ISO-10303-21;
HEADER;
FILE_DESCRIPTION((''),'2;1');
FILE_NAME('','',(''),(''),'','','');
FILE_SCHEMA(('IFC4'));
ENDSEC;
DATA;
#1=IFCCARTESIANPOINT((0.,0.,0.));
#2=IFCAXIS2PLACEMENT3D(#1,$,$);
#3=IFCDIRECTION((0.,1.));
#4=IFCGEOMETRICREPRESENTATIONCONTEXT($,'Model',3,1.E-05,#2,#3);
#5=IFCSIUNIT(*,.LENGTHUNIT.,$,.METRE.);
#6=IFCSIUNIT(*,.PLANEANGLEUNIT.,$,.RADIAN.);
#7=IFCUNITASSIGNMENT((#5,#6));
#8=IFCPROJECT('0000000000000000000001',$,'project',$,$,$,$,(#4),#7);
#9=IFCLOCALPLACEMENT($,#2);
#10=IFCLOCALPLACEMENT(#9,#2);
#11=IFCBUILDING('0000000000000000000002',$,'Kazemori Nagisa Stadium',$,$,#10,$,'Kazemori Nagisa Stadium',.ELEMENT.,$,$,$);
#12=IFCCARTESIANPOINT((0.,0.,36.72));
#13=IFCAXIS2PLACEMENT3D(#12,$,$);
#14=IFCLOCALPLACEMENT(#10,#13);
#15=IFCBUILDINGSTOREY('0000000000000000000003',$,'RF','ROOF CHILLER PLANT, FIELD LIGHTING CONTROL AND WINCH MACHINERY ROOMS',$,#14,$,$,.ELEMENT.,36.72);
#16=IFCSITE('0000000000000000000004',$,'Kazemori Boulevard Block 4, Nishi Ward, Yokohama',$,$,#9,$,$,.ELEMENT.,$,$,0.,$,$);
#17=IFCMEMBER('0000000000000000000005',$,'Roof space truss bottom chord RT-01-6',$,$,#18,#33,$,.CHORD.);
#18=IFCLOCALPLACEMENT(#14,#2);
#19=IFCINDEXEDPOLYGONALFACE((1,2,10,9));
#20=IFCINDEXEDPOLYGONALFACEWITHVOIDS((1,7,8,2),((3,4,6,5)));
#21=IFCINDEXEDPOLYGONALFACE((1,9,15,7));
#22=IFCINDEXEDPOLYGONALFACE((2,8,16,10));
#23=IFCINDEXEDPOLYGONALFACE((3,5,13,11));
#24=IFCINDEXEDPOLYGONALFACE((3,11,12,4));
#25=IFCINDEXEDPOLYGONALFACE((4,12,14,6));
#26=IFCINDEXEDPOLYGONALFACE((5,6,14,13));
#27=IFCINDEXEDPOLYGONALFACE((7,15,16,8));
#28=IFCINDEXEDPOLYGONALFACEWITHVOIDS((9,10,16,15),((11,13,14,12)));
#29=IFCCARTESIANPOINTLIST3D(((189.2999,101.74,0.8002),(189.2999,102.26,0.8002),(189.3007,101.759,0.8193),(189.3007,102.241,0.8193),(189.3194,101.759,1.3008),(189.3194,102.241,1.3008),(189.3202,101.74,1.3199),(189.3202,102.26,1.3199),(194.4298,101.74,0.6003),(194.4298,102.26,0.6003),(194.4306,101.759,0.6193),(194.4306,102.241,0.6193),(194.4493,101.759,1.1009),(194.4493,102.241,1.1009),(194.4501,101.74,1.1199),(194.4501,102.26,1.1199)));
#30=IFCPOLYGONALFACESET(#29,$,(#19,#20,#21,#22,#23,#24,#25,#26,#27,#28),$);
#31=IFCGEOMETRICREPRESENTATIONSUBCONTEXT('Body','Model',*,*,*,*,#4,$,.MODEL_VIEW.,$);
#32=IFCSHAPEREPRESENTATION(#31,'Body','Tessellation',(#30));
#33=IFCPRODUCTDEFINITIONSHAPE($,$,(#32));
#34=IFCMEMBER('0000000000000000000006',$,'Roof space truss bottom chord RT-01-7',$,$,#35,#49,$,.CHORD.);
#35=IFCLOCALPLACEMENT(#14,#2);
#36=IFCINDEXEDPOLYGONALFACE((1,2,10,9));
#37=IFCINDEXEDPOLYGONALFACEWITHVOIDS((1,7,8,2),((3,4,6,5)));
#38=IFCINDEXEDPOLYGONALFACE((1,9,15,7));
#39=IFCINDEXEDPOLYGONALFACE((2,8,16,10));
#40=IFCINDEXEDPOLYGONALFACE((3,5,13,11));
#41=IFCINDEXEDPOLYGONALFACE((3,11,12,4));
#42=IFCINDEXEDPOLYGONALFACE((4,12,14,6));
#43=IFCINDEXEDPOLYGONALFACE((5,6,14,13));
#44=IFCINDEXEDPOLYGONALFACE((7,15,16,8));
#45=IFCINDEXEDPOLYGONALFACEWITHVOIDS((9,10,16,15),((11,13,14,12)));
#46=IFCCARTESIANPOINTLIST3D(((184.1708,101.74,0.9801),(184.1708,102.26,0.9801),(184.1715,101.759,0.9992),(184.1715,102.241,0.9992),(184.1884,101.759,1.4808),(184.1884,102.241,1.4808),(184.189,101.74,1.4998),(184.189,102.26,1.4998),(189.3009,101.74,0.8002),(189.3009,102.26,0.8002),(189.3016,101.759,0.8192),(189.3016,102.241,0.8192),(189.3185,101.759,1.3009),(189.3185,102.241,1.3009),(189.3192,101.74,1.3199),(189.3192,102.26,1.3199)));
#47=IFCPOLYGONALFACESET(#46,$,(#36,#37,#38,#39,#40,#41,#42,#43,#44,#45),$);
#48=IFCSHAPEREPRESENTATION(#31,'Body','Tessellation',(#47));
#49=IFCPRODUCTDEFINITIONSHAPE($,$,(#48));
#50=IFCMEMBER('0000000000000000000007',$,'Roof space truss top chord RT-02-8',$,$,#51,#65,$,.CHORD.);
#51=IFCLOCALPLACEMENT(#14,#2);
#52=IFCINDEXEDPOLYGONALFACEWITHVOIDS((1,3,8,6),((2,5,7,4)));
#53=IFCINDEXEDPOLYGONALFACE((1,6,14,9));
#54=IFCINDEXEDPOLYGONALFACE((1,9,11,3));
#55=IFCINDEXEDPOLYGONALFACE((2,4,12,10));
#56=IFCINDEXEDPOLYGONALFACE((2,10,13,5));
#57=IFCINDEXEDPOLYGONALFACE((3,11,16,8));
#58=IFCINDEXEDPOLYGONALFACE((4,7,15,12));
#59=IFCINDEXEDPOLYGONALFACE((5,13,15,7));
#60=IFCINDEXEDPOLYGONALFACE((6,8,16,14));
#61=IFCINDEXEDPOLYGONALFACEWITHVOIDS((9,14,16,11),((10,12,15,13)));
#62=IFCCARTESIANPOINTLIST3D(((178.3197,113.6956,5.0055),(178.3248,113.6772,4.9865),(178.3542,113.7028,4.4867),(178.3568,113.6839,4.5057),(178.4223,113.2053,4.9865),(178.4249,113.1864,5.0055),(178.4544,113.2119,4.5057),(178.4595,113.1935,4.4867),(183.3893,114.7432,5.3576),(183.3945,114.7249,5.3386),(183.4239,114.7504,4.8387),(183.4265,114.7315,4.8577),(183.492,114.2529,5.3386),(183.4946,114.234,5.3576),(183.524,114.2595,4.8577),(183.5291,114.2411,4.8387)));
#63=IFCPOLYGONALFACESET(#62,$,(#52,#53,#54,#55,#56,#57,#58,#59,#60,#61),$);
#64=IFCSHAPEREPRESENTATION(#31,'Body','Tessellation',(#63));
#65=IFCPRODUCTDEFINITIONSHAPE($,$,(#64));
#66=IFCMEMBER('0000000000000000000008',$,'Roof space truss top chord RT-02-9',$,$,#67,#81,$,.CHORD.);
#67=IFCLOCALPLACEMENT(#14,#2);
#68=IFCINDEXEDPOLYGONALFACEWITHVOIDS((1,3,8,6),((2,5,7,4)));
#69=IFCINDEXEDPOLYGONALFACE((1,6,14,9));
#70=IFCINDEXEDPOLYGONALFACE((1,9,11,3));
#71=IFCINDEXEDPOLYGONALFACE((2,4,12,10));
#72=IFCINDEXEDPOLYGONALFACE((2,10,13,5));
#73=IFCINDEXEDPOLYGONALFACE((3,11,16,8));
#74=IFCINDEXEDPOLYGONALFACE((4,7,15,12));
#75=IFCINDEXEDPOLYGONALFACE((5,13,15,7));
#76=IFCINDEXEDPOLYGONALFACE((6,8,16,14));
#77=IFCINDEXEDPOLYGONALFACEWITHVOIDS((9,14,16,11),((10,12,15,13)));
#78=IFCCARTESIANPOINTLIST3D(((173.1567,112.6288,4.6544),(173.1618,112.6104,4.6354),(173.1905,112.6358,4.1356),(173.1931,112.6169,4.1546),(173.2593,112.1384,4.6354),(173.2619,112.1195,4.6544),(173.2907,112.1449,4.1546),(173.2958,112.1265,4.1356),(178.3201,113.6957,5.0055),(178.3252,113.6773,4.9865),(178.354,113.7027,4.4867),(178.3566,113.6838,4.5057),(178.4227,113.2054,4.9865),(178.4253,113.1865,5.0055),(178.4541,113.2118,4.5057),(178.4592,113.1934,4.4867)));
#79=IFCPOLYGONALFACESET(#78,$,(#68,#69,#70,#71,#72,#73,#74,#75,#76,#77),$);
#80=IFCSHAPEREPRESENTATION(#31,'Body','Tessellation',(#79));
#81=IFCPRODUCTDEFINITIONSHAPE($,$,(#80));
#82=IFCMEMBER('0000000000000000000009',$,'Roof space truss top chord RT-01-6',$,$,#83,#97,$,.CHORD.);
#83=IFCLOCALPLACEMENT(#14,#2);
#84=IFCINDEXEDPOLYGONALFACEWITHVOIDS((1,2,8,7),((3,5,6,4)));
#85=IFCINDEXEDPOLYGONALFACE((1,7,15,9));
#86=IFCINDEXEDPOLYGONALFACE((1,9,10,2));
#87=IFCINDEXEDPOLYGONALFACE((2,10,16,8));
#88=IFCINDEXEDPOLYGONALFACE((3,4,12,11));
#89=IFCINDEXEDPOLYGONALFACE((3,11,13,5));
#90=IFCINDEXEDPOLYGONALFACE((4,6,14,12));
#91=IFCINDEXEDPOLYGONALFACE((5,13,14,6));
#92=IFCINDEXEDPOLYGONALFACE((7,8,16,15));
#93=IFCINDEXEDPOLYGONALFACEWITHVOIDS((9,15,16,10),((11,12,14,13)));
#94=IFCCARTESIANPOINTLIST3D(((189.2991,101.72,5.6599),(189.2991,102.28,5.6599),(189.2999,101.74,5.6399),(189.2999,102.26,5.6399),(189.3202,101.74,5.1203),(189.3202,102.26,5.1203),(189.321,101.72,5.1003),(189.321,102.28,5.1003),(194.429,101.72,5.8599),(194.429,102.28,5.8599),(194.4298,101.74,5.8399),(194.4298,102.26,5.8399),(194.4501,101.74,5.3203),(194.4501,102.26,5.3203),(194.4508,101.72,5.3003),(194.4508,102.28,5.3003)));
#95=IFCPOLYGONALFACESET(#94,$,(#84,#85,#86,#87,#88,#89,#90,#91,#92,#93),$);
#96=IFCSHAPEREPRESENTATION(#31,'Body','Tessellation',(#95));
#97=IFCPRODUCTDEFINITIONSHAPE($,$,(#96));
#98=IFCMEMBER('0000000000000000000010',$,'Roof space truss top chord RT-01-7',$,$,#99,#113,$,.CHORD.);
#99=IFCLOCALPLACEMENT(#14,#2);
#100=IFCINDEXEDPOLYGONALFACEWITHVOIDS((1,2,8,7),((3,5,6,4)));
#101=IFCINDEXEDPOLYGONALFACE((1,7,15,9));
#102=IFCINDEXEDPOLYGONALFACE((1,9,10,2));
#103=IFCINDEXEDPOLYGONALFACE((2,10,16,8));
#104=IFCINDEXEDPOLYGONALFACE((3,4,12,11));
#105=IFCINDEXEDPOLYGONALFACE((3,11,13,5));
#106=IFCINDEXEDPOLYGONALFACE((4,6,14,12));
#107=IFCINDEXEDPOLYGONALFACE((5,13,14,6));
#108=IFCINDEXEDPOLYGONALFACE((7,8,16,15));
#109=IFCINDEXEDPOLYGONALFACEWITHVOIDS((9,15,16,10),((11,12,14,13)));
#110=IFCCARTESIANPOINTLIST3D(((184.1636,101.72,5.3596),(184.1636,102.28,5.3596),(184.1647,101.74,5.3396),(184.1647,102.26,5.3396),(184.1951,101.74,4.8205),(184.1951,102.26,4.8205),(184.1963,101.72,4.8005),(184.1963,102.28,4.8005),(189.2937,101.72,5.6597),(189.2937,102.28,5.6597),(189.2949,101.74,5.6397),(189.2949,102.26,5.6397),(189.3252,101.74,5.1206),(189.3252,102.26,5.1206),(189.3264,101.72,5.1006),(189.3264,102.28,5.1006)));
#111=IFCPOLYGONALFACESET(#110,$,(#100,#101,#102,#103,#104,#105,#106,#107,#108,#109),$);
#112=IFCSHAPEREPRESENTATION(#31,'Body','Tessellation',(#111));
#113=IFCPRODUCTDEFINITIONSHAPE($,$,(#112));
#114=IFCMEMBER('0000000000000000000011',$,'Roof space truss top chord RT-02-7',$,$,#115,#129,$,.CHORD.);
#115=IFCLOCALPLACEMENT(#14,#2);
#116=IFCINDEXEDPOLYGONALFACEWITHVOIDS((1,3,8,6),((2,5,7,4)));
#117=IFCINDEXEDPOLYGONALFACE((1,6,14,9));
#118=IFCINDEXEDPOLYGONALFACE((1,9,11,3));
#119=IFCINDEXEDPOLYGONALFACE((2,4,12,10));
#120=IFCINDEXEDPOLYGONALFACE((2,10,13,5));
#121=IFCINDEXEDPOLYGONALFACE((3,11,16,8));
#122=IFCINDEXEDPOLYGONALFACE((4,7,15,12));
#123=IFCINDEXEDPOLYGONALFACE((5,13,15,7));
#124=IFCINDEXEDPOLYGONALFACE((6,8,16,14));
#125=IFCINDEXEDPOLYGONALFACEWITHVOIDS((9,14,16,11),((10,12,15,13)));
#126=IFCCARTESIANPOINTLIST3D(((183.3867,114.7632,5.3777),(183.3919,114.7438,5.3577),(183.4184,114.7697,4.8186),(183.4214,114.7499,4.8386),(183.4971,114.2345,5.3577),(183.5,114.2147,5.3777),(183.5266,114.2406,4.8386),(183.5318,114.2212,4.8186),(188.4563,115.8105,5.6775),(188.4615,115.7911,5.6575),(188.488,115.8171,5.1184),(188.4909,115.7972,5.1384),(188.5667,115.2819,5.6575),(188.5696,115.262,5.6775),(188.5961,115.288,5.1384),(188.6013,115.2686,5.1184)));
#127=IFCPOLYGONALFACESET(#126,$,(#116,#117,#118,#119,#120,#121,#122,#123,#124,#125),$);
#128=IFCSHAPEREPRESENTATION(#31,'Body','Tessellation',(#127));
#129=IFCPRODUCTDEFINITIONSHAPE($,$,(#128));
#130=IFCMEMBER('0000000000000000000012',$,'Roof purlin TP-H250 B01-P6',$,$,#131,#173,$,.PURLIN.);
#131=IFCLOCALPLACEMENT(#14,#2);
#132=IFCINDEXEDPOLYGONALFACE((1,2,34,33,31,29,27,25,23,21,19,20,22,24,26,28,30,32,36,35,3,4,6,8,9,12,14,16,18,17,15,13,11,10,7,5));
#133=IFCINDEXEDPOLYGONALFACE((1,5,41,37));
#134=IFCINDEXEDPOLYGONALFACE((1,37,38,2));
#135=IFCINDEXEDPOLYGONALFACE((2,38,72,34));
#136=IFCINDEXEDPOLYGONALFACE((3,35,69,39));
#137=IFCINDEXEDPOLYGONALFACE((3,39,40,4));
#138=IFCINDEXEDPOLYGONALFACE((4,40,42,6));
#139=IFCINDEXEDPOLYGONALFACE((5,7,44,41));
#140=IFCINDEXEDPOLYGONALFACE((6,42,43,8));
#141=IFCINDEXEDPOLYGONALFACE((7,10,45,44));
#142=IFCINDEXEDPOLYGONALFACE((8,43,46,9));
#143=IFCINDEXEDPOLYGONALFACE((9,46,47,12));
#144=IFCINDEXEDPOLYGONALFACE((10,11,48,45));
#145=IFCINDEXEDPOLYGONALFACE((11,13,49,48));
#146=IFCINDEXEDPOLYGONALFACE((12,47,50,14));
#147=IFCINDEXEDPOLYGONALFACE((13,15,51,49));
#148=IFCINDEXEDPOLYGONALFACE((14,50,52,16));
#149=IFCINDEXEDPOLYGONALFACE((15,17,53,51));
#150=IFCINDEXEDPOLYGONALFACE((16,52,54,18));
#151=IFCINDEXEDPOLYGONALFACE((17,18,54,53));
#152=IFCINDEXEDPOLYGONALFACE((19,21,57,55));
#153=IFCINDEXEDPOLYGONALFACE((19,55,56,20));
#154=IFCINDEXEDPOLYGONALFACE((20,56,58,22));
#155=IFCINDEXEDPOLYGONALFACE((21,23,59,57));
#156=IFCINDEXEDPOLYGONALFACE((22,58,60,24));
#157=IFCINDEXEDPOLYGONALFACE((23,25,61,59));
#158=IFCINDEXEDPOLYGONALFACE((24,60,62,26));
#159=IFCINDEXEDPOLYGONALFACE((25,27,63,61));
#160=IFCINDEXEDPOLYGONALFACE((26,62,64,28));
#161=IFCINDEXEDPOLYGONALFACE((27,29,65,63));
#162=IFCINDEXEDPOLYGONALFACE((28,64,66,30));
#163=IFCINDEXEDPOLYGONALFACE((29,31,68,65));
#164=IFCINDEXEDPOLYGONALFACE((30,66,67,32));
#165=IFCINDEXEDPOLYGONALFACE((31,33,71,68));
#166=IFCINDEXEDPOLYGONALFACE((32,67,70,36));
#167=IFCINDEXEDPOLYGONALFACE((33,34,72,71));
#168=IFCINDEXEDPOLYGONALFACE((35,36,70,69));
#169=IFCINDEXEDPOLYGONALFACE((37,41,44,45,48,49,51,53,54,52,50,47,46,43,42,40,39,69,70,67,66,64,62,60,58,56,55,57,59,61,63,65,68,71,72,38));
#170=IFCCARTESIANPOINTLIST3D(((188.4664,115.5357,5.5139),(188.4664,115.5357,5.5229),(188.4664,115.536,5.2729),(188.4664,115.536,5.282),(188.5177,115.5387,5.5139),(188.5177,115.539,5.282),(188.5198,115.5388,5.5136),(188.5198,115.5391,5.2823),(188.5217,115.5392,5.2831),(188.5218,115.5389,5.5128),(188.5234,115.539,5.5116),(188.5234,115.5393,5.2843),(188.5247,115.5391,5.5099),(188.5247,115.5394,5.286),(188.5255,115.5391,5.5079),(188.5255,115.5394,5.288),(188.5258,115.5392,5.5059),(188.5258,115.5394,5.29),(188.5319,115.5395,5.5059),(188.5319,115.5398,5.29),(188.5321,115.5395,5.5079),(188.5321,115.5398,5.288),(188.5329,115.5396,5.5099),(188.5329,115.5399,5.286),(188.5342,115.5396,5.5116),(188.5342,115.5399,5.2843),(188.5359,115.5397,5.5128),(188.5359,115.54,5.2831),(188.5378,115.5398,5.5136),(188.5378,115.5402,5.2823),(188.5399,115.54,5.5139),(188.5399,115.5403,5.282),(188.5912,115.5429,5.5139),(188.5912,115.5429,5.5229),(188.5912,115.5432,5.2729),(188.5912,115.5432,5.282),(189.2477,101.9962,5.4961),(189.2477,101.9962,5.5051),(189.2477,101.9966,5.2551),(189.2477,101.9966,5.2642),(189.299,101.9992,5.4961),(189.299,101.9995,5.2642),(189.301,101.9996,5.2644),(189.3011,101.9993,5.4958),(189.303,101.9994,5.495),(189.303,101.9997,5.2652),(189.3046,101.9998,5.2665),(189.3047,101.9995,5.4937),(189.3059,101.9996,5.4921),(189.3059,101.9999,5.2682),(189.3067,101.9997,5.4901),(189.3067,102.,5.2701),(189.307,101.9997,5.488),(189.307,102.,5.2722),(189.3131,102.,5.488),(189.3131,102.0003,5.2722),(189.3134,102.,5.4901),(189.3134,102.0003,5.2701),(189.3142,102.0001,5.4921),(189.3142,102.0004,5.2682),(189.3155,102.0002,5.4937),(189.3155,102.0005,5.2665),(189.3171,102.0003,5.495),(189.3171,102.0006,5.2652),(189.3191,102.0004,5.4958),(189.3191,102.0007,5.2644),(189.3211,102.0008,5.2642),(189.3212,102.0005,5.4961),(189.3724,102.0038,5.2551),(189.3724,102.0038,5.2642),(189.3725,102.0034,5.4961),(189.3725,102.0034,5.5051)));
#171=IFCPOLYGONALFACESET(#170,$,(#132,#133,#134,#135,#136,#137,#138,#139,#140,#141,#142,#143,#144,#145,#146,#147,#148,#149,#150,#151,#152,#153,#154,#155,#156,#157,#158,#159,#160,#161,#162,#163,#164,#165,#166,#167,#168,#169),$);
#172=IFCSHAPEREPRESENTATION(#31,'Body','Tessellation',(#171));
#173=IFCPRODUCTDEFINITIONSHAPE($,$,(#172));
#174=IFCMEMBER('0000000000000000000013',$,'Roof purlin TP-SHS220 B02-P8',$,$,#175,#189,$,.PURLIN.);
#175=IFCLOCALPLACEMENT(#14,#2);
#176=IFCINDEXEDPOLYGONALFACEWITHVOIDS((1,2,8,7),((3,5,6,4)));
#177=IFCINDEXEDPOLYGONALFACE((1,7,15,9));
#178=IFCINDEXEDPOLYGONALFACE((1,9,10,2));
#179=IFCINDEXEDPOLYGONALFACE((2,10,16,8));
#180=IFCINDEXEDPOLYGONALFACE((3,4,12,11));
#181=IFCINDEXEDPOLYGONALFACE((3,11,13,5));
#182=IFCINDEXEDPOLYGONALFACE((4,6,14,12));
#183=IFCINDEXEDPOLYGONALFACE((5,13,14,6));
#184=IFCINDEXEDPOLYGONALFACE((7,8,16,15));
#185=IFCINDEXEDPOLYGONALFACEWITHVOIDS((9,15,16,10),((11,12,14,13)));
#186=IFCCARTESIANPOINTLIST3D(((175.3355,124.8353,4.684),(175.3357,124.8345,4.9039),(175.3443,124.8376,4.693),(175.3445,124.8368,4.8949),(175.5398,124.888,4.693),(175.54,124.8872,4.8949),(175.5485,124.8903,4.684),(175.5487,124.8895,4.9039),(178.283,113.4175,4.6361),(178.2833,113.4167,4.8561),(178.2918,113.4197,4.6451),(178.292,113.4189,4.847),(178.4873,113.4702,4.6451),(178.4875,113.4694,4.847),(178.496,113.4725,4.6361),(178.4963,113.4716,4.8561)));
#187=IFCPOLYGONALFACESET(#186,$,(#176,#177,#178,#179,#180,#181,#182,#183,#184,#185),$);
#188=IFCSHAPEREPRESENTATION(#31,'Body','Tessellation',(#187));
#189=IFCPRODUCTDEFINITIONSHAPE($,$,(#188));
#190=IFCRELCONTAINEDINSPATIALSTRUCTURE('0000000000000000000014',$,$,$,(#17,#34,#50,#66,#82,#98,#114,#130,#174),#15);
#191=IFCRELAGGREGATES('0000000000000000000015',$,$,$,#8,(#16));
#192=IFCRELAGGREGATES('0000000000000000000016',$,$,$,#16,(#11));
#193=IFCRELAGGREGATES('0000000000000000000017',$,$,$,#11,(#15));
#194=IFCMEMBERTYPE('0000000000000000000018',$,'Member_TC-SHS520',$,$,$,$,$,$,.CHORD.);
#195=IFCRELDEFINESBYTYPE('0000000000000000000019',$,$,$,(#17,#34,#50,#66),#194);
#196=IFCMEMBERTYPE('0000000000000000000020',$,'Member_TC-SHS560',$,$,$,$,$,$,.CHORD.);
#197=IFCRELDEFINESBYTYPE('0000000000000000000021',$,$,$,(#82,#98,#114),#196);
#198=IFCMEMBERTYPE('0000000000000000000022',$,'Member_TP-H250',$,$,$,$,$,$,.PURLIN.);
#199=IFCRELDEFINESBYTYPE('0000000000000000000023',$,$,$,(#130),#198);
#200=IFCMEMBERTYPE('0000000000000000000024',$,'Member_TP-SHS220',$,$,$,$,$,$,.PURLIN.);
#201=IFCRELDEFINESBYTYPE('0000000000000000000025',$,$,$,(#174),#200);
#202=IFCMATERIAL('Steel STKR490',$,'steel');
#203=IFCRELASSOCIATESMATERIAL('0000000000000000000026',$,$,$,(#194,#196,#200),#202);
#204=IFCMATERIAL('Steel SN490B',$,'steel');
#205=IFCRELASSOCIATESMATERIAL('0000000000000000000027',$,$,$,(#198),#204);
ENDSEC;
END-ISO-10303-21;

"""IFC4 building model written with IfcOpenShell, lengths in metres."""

from ifc_helpers import new_model, si_unit, direction, frame, origin, origin_2d, place, context, subcontext, project, spatial, hollow_rectangle, i_section, extrude, material, material_profile, profile_set, type_object, element, save


model = new_model("IFC4")

# Units and contexts
model_context = context("Model", 3, precision=1e-05, world=origin(), true_north=direction((0.0, 1.0)))
body_context = subcontext(model_context, "Body", "Model", "MODEL_VIEW")
ifc_project = project(units=[si_unit("LENGTHUNIT", "METRE"), si_unit("PLANEANGLEUNIT", "RADIAN")], contexts=[model_context])

# Site, building, storey
site_placement = place(None, origin())
site = spatial("IfcSite", under=ifc_project, at=site_placement, Name="Kazemori Boulevard Block 4, Nishi Ward, Yokohama", CompositionType="ELEMENT", RefElevation=0.0)
building_placement = place(site_placement, origin())
building = spatial("IfcBuilding", under=site, at=building_placement, Name="Kazemori Nagisa Stadium", LongName="Kazemori Nagisa Stadium", CompositionType="ELEMENT")
storey_placement = place(building_placement, frame((0.0, 0.0, 36.72)))
storey = spatial("IfcBuildingStorey", under=building, at=storey_placement, Name="RF", Description="ROOF CHILLER PLANT, FIELD LIGHTING CONTROL AND WINCH MACHINERY ROOMS", CompositionType="ELEMENT", Elevation=36.72)

# Members
ifc_material_1 = material(Name="Steel STKR490", Category="steel")
ifc_material_profile_1 = material_profile(ifc_material_1, hollow_rectangle(XDim=0.52, YDim=0.52, WallThickness=0.019, at=origin_2d()), Name="SHS-520x520x19")
ifc_profile_set_1 = profile_set([ifc_material_profile_1], Name="Steel STKR490")
member_type_1 = type_object("IfcMemberType", Name="Member_TC-SHS520", PredefinedType="CHORD", material=ifc_profile_set_1)
member_1_placement = place(storey_placement, frame((194.4399, 102.0, 0.8601), z_axis=(-0.999241, 0.0, 0.038948), x_axis=(0.0, -1.0, 0.0)))
element("IfcMember", 1, at=member_1_placement, inside=storey, type_object=member_type_1, Name="Roof space truss bottom chord RT-01-6", PredefinedType="CHORD", context=body_context, shape_type="SweptSolid", body=[
    extrude(hollow_rectangle(XDim=0.52, YDim=0.52, WallThickness=0.019, at=origin_2d()), origin(), (0.0, 0.0, 1.0), 5.1338),
])
member_2_placement = place(storey_placement, frame((189.3101, 102.0, 1.0601), z_axis=(-0.999385, 0.0, 0.035052), x_axis=(0.0, -1.0, 0.0)))
element("IfcMember", 2, at=member_2_placement, inside=storey, type_object=member_type_1, Name="Roof space truss bottom chord RT-01-7", PredefinedType="CHORD", context=body_context, shape_type="SweptSolid", body=[
    extrude(hollow_rectangle(XDim=0.52, YDim=0.52, WallThickness=0.019, at=origin_2d()), origin(), (0.0, 0.0, 1.0), 5.1333),
])
member_3_placement = place(storey_placement, frame((183.4592, 114.4922, 5.0981), z_axis=(-0.977052, -0.201904, -0.06785), x_axis=(0.20237, -0.979309, 0.0)))
element("IfcMember", 3, at=member_3_placement, inside=storey, type_object=member_type_1, Name="Roof space truss top chord RT-02-8", PredefinedType="CHORD", context=body_context, shape_type="SweptSolid", body=[
    extrude(hollow_rectangle(XDim=0.52, YDim=0.52, WallThickness=0.019, at=origin_2d()), origin(), (0.0, 0.0, 1.0), 5.1887),
])
member_4_placement = place(storey_placement, frame((178.3896, 113.4446, 4.7461), z_axis=(-0.977148, -0.201907, -0.06644), x_axis=(0.202354, -0.979312, 0.0)))
element("IfcMember", 4, at=member_4_placement, inside=storey, type_object=member_type_1, Name="Roof space truss top chord RT-02-9", PredefinedType="CHORD", context=body_context, shape_type="SweptSolid", body=[
    extrude(hollow_rectangle(XDim=0.52, YDim=0.52, WallThickness=0.019, at=origin_2d()), origin(), (0.0, 0.0, 1.0), 5.2842),
])
ifc_material_profile_2 = material_profile(ifc_material_1, hollow_rectangle(XDim=0.5601, YDim=0.5601, WallThickness=0.02, at=origin_2d()), Name="SHS-560x560x20")
ifc_profile_set_2 = profile_set([ifc_material_profile_2], Name="Steel STKR490")
member_type_2 = type_object("IfcMemberType", Name="Member_TC-SHS560", PredefinedType="CHORD", material=ifc_profile_set_2)
member_5_placement = place(storey_placement, frame((194.4399, 102.0, 5.5801), z_axis=(-0.999241, 0.0, -0.038948), x_axis=(0.0, -1.0, 0.0)))
element("IfcMember", 5, at=member_5_placement, inside=storey, type_object=member_type_2, Name="Roof space truss top chord RT-01-6", PredefinedType="CHORD", context=body_context, shape_type="SweptSolid", body=[
    extrude(hollow_rectangle(XDim=0.5601, YDim=0.5601, WallThickness=0.02, at=origin_2d()), origin(), (0.0, 0.0, 1.0), 5.1338),
])
member_6_placement = place(storey_placement, frame((189.3101, 102.0, 5.3801), z_axis=(-0.998294, 0.0, -0.058388), x_axis=(0.0, -1.0, 0.0)))
element("IfcMember", 6, at=member_6_placement, inside=storey, type_object=member_type_2, Name="Roof space truss top chord RT-01-7", PredefinedType="CHORD", context=body_context, shape_type="SweptSolid", body=[
    extrude(hollow_rectangle(XDim=0.5601, YDim=0.5601, WallThickness=0.02, at=origin_2d()), origin(), (0.0, 0.0, 1.0), 5.1389),
])
member_7_placement = place(storey_placement, frame((188.5288, 115.5396, 5.3979), z_axis=(-0.97768, -0.201986, -0.057818), x_axis=(0.202325, -0.979318, 0.0)))
element("IfcMember", 7, at=member_7_placement, inside=storey, type_object=member_type_2, Name="Roof space truss top chord RT-02-7", PredefinedType="CHORD", context=body_context, shape_type="SweptSolid", body=[
    extrude(hollow_rectangle(XDim=0.5601, YDim=0.5601, WallThickness=0.02, at=origin_2d()), origin(), (0.0, 0.0, 1.0), 5.1853),
])
ifc_material_2 = material(Name="Steel SN490B", Category="steel")
ifc_material_profile_3 = material_profile(ifc_material_2, i_section(OverallWidth=0.125, OverallDepth=0.25, WebThickness=0.0061, FlangeThickness=0.009, FilletRadius=0.0081, at=origin_2d()), Name="H-250x125x6x9")
ifc_profile_set_3 = profile_set([ifc_material_profile_3], Name="Steel SN490B")
member_type_3 = type_object("IfcMemberType", Name="Member_TP-H250", PredefinedType="PURLIN", material=ifc_profile_set_3)
member_8_placement = place(storey_placement, frame((189.3101, 102.0, 5.3801), z_axis=(-0.057605, 0.998339, 0.001314), x_axis=(-0.998339, -0.057606, 0.0)))
element("IfcMember", 8, at=member_8_placement, inside=storey, type_object=member_type_3, Name="Roof purlin TP-H250 B01-P6", PredefinedType="PURLIN", context=body_context, shape_type="SweptSolid", body=[
    extrude(i_section(OverallWidth=0.125, OverallDepth=0.25, WebThickness=0.0061, FlangeThickness=0.009, FilletRadius=0.0081, at=origin_2d()), origin(), (0.0, 0.0, 1.0), 13.562),
])
ifc_material_profile_4 = material_profile(ifc_material_1, hollow_rectangle(XDim=0.22, YDim=0.22, WallThickness=0.009, at=origin_2d()), Name="SHS-220x220x9")
ifc_profile_set_4 = profile_set([ifc_material_profile_4], Name="Steel STKR490")
member_type_4 = type_object("IfcMemberType", Name="Member_TP-SHS220", PredefinedType="PURLIN", material=ifc_profile_set_4)
member_9_placement = place(storey_placement, frame((178.3896, 113.4446, 4.7461), z_axis=(-0.249955, 0.968249, 0.004058), x_axis=(-0.968257, -0.249958, 0.0)))
element("IfcMember", 9, at=member_9_placement, inside=storey, type_object=member_type_4, Name="Roof purlin TP-SHS220 B02-P8", PredefinedType="PURLIN", context=body_context, shape_type="SweptSolid", body=[
    extrude(hollow_rectangle(XDim=0.22, YDim=0.22, WallThickness=0.009, at=origin_2d()), origin(), (0.0, 0.0, 1.0), 11.7922),
])

save(model, "model.ifc")
